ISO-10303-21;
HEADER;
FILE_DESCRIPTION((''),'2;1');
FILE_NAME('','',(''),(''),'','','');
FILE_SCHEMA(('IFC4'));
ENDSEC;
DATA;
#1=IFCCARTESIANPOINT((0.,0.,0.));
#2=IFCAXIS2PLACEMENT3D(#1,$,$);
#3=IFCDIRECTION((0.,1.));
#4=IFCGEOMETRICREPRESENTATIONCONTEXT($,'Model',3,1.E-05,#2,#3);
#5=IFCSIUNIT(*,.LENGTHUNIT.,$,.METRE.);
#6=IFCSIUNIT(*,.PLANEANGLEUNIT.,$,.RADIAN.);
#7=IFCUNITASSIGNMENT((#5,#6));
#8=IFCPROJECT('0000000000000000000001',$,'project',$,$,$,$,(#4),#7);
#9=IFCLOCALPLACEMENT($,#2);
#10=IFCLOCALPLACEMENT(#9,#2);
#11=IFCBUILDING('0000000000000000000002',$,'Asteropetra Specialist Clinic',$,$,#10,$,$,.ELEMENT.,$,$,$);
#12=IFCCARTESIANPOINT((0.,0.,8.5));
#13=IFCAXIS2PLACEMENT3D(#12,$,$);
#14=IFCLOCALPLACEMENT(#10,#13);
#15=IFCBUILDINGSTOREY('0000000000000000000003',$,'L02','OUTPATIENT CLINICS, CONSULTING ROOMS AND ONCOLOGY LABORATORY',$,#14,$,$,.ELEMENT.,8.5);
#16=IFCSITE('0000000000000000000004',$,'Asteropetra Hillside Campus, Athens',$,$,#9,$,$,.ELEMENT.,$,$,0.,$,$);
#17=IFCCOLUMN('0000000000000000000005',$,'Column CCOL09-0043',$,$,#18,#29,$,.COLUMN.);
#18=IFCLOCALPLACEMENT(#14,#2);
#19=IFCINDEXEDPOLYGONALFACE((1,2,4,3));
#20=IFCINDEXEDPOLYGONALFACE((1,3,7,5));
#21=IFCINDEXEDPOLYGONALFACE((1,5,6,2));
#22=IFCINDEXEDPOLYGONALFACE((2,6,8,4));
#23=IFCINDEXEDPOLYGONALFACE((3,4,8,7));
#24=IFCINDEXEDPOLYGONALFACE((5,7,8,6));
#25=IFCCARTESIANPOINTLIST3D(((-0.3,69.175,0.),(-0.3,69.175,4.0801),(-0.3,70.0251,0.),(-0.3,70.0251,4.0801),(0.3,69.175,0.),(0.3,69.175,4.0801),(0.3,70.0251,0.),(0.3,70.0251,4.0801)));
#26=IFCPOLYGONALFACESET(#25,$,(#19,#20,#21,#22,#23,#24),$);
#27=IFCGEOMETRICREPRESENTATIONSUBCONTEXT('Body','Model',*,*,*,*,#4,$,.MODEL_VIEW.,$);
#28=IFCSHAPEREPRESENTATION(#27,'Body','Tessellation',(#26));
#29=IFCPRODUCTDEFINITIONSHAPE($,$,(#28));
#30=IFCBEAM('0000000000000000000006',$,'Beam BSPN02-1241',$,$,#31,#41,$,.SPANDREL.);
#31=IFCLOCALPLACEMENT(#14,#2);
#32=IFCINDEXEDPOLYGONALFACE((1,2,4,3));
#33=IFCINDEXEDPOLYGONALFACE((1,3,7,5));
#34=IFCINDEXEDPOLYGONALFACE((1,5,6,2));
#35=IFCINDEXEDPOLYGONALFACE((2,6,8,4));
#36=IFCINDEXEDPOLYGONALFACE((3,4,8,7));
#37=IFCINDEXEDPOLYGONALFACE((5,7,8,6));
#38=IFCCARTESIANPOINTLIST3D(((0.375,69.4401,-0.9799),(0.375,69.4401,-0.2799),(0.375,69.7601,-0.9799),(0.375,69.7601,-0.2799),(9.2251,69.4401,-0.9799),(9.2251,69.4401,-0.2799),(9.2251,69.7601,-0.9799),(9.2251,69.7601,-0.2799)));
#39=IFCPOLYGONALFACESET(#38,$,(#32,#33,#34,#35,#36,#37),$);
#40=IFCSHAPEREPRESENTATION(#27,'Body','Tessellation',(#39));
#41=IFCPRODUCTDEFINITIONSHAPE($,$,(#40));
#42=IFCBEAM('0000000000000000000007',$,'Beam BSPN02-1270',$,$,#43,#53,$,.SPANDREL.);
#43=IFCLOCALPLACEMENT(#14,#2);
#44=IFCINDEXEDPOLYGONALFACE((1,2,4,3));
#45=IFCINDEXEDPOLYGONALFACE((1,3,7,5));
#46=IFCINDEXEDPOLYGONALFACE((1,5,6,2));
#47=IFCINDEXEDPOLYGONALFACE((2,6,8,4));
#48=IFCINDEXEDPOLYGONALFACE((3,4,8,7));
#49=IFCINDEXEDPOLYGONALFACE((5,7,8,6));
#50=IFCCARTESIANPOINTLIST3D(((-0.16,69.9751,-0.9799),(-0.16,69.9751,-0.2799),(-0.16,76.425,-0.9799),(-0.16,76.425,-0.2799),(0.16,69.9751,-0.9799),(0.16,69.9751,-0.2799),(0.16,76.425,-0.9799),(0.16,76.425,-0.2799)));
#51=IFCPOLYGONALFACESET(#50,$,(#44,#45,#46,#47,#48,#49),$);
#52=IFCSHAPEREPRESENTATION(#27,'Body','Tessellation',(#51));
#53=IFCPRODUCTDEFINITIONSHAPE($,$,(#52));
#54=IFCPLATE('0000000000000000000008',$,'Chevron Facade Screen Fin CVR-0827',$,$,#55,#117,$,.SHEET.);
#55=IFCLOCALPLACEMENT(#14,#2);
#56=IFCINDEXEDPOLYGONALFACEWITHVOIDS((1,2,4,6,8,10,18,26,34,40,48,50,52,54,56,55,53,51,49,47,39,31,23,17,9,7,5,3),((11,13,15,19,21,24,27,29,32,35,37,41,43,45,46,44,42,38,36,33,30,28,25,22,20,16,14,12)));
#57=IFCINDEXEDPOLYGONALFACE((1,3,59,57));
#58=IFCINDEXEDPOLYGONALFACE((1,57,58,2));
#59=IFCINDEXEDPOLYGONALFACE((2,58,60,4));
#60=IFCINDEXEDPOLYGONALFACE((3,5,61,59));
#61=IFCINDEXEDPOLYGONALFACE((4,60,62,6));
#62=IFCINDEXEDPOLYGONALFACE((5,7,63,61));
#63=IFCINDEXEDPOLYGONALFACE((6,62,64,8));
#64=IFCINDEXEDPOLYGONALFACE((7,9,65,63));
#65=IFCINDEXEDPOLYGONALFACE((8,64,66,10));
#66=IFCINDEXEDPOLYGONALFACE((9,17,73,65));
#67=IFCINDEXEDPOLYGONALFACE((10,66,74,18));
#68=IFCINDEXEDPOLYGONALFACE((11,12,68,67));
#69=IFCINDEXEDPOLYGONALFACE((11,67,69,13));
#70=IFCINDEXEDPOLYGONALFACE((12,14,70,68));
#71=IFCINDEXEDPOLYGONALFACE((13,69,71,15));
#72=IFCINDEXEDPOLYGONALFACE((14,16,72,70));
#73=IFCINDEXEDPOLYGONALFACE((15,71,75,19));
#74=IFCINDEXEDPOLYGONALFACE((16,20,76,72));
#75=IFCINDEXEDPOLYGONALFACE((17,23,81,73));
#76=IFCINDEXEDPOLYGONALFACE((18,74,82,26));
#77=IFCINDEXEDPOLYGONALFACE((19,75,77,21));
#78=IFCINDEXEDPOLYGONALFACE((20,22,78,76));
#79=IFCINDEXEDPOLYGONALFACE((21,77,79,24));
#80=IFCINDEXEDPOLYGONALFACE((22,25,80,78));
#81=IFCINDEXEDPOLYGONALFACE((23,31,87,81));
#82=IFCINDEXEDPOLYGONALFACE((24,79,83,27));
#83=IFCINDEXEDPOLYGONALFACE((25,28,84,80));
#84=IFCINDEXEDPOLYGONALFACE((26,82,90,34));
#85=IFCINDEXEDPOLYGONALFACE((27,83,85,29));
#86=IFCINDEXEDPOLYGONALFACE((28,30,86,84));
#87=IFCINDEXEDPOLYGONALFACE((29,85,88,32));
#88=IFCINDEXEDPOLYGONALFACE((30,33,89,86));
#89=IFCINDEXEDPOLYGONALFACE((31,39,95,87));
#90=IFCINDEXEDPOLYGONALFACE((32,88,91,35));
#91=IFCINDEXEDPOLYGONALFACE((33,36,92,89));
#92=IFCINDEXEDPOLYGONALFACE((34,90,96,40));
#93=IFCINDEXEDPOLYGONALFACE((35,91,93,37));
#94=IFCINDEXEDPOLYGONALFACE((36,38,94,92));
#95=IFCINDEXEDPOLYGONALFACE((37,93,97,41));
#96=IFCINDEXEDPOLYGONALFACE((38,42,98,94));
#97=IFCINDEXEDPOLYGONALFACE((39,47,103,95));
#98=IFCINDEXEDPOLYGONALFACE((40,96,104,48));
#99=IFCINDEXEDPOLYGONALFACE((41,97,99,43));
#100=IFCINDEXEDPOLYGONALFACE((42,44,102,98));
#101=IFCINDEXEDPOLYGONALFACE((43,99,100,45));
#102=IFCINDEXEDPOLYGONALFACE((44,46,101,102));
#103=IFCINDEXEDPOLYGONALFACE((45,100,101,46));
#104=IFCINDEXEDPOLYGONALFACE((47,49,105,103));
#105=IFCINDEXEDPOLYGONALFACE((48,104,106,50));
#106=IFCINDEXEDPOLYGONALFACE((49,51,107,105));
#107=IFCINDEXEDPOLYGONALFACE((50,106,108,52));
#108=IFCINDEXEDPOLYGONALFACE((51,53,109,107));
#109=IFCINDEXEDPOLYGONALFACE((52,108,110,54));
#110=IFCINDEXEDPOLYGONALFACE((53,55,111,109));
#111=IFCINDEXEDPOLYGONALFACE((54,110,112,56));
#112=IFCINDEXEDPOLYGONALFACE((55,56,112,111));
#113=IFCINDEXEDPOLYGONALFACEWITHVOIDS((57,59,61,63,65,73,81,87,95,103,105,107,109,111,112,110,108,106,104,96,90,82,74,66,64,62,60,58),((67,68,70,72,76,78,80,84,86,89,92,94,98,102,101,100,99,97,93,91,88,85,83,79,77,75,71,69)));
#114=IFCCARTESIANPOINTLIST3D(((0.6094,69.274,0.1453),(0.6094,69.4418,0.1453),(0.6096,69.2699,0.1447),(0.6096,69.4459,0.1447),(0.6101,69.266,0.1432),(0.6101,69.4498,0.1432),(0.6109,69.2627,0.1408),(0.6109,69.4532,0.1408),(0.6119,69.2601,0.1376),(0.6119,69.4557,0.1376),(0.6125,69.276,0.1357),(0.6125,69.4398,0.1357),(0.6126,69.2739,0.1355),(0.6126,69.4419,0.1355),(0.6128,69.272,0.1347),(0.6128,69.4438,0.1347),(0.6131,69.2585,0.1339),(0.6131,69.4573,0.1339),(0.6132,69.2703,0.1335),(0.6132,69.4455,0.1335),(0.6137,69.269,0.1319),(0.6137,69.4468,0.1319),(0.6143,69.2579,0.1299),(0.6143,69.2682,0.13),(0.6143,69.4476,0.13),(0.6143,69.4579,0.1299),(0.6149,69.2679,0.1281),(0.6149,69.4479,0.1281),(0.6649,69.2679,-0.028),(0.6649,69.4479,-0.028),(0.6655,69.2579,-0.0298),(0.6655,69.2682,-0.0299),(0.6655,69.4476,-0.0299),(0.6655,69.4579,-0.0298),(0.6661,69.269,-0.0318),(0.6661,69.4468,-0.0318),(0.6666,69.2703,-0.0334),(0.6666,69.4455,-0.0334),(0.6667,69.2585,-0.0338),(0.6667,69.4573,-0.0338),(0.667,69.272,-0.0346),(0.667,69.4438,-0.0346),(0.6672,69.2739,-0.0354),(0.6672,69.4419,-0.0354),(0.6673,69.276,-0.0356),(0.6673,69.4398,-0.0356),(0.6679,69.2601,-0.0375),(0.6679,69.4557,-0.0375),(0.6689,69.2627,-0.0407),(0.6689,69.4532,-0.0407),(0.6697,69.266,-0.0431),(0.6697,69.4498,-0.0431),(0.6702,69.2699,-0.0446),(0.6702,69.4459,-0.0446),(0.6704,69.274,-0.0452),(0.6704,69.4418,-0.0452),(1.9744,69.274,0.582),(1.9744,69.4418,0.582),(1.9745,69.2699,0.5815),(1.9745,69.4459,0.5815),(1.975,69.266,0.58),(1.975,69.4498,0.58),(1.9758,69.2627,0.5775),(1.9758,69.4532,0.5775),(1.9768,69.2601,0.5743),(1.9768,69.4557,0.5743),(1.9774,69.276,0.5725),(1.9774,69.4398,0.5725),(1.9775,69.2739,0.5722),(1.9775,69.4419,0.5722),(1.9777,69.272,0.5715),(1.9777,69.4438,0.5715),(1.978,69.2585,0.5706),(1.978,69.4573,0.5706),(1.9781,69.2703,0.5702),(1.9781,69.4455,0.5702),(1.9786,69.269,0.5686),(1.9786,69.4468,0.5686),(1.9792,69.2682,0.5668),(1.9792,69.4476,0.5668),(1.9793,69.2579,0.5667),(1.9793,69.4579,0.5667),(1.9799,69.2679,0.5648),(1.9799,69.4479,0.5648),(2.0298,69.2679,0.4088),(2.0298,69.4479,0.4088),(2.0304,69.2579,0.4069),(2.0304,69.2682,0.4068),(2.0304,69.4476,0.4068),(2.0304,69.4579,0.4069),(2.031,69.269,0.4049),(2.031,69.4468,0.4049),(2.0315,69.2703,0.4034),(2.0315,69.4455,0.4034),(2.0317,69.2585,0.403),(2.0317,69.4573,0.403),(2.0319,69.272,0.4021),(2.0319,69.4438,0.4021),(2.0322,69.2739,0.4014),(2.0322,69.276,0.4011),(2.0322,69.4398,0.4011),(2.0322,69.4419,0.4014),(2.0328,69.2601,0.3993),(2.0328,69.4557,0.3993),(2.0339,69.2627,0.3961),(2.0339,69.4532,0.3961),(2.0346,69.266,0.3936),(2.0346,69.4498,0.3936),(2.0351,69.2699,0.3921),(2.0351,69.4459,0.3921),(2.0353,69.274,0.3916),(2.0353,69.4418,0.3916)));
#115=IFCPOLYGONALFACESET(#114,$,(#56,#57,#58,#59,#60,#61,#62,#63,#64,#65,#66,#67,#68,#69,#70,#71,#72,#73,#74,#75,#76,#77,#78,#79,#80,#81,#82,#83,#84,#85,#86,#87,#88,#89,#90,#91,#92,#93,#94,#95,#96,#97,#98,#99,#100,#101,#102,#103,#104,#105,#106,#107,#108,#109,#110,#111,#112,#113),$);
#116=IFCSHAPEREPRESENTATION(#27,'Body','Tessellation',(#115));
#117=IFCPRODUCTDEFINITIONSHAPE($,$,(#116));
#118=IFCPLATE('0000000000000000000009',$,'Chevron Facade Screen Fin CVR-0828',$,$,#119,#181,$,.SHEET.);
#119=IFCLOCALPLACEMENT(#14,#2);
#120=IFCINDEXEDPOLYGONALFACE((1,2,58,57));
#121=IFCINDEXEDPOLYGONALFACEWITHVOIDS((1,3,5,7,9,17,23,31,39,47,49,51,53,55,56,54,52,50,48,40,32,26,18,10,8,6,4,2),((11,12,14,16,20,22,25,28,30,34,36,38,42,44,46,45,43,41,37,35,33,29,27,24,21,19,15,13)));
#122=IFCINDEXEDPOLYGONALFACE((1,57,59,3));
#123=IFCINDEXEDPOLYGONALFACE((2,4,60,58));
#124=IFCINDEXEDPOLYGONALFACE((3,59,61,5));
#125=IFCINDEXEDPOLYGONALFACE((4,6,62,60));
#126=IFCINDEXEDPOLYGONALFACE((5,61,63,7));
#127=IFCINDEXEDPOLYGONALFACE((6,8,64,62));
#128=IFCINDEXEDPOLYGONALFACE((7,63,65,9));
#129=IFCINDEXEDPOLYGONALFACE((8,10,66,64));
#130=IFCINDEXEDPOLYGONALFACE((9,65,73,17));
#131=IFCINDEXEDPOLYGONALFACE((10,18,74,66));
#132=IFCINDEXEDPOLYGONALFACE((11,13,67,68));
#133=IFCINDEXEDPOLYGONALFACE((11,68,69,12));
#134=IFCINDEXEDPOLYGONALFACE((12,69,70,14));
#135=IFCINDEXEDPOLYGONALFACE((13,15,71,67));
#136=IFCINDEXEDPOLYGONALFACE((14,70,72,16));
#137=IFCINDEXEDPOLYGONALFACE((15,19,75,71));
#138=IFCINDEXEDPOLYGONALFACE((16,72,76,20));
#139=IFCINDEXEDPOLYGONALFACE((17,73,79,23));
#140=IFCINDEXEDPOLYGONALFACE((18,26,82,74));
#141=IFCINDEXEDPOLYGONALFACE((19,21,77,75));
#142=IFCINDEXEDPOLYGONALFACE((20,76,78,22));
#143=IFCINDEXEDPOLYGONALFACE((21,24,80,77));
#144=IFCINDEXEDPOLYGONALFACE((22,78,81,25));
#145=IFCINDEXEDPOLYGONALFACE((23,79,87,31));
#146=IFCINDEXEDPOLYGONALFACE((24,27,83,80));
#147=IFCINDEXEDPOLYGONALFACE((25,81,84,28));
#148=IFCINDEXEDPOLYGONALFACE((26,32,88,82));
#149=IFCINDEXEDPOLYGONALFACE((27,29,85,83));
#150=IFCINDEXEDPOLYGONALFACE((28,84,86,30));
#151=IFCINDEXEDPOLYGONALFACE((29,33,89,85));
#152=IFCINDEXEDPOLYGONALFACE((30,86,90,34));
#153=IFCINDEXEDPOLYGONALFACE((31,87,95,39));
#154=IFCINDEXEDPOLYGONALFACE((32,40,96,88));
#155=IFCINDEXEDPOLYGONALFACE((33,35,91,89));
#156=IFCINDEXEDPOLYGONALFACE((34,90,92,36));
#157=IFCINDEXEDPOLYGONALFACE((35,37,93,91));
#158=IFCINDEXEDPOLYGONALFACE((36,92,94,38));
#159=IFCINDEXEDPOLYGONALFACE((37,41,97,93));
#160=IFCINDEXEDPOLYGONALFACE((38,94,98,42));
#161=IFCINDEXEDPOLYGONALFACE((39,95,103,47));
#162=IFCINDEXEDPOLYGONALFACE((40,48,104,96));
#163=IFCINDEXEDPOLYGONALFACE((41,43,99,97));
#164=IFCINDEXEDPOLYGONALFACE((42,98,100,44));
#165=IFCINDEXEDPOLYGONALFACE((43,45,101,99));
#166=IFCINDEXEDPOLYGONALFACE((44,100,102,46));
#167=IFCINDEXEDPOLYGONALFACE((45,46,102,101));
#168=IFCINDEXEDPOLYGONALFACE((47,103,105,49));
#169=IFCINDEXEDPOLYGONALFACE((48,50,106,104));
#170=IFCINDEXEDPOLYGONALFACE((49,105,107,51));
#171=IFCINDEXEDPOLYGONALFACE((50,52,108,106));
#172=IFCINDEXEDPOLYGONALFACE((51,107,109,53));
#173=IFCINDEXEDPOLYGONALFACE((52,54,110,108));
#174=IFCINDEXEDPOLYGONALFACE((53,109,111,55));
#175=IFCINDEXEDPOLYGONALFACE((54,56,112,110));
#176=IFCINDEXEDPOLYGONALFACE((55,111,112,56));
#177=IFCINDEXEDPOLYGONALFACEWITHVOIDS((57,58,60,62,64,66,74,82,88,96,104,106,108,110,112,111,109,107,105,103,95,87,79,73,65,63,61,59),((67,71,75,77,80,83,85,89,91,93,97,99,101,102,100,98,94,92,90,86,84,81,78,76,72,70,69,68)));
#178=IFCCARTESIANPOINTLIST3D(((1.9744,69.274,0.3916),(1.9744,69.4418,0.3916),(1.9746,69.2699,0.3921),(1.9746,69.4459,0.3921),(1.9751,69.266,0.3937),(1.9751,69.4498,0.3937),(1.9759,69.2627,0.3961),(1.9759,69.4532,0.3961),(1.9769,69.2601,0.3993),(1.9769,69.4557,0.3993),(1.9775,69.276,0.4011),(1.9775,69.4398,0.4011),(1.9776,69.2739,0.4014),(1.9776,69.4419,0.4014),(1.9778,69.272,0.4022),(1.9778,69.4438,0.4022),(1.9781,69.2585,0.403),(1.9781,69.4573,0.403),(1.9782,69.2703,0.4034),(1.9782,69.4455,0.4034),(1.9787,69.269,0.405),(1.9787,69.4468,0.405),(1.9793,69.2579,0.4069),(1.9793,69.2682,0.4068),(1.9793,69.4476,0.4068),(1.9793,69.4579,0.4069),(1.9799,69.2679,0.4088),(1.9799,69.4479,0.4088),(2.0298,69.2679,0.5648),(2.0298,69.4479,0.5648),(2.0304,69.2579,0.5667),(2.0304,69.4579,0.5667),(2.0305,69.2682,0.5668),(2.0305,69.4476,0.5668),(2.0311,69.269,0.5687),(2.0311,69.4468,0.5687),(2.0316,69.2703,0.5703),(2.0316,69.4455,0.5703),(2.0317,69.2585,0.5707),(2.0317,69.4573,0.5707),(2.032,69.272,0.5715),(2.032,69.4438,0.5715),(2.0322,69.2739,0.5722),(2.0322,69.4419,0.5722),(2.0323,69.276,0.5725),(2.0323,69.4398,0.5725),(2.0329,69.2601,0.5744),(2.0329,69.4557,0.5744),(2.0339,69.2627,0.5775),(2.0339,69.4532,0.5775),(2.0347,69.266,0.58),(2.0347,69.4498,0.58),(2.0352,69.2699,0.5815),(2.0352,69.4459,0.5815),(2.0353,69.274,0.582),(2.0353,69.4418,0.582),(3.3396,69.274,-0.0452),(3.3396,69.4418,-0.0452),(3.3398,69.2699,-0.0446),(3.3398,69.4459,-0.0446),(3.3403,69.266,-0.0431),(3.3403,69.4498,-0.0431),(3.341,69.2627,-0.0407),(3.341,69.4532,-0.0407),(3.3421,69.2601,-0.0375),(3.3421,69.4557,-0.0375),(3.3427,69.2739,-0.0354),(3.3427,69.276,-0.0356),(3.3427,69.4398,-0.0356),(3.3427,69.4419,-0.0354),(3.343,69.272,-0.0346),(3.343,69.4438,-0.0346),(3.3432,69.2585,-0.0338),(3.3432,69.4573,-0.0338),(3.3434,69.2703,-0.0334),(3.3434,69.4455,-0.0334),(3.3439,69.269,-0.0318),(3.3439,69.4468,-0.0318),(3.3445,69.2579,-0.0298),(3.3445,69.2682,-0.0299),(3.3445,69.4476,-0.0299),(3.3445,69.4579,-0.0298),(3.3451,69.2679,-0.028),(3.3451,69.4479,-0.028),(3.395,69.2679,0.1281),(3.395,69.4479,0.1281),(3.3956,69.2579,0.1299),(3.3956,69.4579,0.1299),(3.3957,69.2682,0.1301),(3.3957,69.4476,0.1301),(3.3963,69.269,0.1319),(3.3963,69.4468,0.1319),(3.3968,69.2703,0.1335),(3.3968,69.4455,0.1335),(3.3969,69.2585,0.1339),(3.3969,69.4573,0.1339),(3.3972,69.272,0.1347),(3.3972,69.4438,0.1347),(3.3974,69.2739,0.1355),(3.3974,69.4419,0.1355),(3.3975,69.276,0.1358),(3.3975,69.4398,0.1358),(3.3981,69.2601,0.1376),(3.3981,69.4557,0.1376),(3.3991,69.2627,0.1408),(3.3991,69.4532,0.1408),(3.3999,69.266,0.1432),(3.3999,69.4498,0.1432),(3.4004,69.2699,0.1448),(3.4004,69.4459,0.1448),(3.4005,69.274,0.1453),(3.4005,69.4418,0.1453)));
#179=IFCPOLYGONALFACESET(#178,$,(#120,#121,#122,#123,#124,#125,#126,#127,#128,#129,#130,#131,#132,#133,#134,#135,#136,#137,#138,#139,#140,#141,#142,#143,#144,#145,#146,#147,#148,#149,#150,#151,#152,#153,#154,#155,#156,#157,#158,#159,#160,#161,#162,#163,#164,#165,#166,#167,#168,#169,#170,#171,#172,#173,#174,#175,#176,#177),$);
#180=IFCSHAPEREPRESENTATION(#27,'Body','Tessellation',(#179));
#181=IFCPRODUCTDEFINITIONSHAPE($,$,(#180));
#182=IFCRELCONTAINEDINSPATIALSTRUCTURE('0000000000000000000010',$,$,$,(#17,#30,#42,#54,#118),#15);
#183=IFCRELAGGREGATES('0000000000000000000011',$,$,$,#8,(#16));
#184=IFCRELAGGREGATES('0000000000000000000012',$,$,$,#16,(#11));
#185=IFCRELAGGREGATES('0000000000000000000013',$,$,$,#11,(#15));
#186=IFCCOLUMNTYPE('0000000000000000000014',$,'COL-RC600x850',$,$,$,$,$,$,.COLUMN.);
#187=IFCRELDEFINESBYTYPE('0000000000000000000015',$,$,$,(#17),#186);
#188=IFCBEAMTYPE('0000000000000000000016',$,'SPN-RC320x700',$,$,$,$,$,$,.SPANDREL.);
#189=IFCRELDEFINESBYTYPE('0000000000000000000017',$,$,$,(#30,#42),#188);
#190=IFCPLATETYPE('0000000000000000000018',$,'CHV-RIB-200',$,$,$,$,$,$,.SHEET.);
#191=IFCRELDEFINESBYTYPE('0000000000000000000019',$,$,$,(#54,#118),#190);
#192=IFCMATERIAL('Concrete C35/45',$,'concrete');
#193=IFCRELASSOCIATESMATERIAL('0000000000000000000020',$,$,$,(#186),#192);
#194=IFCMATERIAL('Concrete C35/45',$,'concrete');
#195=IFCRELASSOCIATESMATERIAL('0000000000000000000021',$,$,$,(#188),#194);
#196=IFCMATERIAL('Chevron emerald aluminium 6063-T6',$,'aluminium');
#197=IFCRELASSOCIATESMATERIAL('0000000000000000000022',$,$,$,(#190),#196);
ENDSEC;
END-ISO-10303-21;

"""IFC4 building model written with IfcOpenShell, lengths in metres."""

from ifc_helpers import new_model, si_unit, direction, frame, origin, origin_2d, place, context, subcontext, project, spatial, rectangle, hollow_rectangle, extrude, material, material_profile, profile_set, type_object, element, save


model = new_model("IFC4")

# Units and contexts
model_context = context("Model", 3, precision=1e-05, world=origin(), true_north=direction((0.0, 1.0)))
body_context = subcontext(model_context, "Body", "Model", "MODEL_VIEW")
ifc_project = project(units=[si_unit("LENGTHUNIT", "METRE"), si_unit("PLANEANGLEUNIT", "RADIAN")], contexts=[model_context])

# Site, building, storey
site_placement = place(None, origin())
site = spatial("IfcSite", under=ifc_project, at=site_placement, Name="Asteropetra Hillside Campus, Athens", CompositionType="ELEMENT", RefElevation=0.0)
building_placement = place(site_placement, origin())
building = spatial("IfcBuilding", under=site, at=building_placement, Name="Asteropetra Specialist Clinic", CompositionType="ELEMENT")
storey_placement = place(building_placement, frame((0.0, 0.0, 8.5)))
storey = spatial("IfcBuildingStorey", under=building, at=storey_placement, Name="L02", Description="OUTPATIENT CLINICS, CONSULTING ROOMS AND ONCOLOGY LABORATORY", CompositionType="ELEMENT", Elevation=8.5)

# Column
ifc_material_1 = material(Name="Concrete C35/45", Category="concrete")
ifc_material_profile_1 = material_profile(ifc_material_1, rectangle(XDim=0.6001, YDim=0.8501, at=origin_2d()), Name="RC 600x850")
ifc_profile_set_1 = profile_set([ifc_material_profile_1], Name="Concrete C35/45")
column_type = type_object("IfcColumnType", Name="COL-RC600x850", PredefinedType="COLUMN", material=ifc_profile_set_1)
column_placement = place(storey_placement, frame((0.0, 69.6001, 0.0), z_axis=(0.0, 0.0, 1.0), x_axis=(1.0, 0.0, 0.0)))
element("IfcColumn", 1, at=column_placement, inside=storey, type_object=column_type, Name="Column CCOL09-0043", PredefinedType="COLUMN", context=body_context, shape_type="SweptSolid", body=[
    extrude(rectangle(XDim=0.6001, YDim=0.8501, at=origin_2d()), origin(), (0.0, 0.0, 1.0), 4.0801),
])

# Beams
ifc_material_2 = material(Name="Concrete C35/45", Category="concrete")
ifc_material_profile_2 = material_profile(ifc_material_2, rectangle(XDim=0.3201, YDim=0.7, at=origin_2d()), Name="RCS 320x700")
ifc_profile_set_2 = profile_set([ifc_material_profile_2], Name="Concrete C35/45")
beam_type = type_object("IfcBeamType", Name="SPN-RC320x700", PredefinedType="SPANDREL", material=ifc_profile_set_2)
beam_1_placement = place(storey_placement, frame((0.375, 69.6001, -0.6299), z_axis=(1.0, 0.0, 0.0), x_axis=(0.0, 1.0, 0.0)))
element("IfcBeam", 2, at=beam_1_placement, inside=storey, type_object=beam_type, Name="Beam BSPN02-1241", PredefinedType="SPANDREL", context=body_context, shape_type="SweptSolid", body=[
    extrude(rectangle(XDim=0.3201, YDim=0.7, at=origin_2d()), origin(), (0.0, 0.0, 1.0), 8.8501),
])
beam_2_placement = place(storey_placement, frame((0.0, 69.9751, -0.6299), z_axis=(0.0, 1.0, 0.0), x_axis=(-1.0, 0.0, 0.0)))
element("IfcBeam", 3, at=beam_2_placement, inside=storey, type_object=beam_type, Name="Beam BSPN02-1270", PredefinedType="SPANDREL", context=body_context, shape_type="SweptSolid", body=[
    extrude(rectangle(XDim=0.3201, YDim=0.7, at=origin_2d()), origin(), (0.0, 0.0, 1.0), 6.45),
])

# Plates
ifc_material_3 = material(Name="Chevron emerald aluminium 6063-T6", Category="aluminium")
ifc_material_profile_3 = material_profile(ifc_material_3, hollow_rectangle(XDim=0.2, YDim=0.2, WallThickness=0.01, InnerFilletRadius=0.0081, OuterFilletRadius=0.0161, at=origin_2d()), Name="SHS 200x200x10.0")
ifc_profile_set_3 = profile_set([ifc_material_profile_3], Name="Chevron emerald aluminium 6063-T6")
plate_type_1 = type_object("IfcPlateType", Name="CHV-RIB-200", PredefinedType="SHEET", material=ifc_profile_set_3)
plate_1_placement = place(storey_placement, frame((0.6399, 69.3579, 0.05), z_axis=(0.95243, 0.0, 0.304757), x_axis=(0.0, 1.0, 0.0)))
element("IfcPlate", 4, at=plate_1_placement, inside=storey, type_object=plate_type_1, Name="Chevron Facade Screen Fin CVR-0827", PredefinedType="SHEET", context=body_context, shape_type="SweptSolid", body=[
    extrude(hollow_rectangle(XDim=0.2, YDim=0.2, WallThickness=0.01, InnerFilletRadius=0.0081, OuterFilletRadius=0.0161, at=origin_2d()), origin(), (0.0, 0.0, 1.0), 1.4331),
])
plate_2_placement = place(storey_placement, frame((2.0049, 69.3579, 0.4868), z_axis=(0.952446, 0.0, -0.304708), x_axis=(0.0, 1.0, 0.0)))
element("IfcPlate", 5, at=plate_2_placement, inside=storey, type_object=plate_type_1, Name="Chevron Facade Screen Fin CVR-0828", PredefinedType="SHEET", context=body_context, shape_type="SweptSolid", body=[
    extrude(hollow_rectangle(XDim=0.2, YDim=0.2, WallThickness=0.01, InnerFilletRadius=0.0081, OuterFilletRadius=0.0161, at=origin_2d()), origin(), (0.0, 0.0, 1.0), 1.4333),
])

save(model, "model.ifc")
